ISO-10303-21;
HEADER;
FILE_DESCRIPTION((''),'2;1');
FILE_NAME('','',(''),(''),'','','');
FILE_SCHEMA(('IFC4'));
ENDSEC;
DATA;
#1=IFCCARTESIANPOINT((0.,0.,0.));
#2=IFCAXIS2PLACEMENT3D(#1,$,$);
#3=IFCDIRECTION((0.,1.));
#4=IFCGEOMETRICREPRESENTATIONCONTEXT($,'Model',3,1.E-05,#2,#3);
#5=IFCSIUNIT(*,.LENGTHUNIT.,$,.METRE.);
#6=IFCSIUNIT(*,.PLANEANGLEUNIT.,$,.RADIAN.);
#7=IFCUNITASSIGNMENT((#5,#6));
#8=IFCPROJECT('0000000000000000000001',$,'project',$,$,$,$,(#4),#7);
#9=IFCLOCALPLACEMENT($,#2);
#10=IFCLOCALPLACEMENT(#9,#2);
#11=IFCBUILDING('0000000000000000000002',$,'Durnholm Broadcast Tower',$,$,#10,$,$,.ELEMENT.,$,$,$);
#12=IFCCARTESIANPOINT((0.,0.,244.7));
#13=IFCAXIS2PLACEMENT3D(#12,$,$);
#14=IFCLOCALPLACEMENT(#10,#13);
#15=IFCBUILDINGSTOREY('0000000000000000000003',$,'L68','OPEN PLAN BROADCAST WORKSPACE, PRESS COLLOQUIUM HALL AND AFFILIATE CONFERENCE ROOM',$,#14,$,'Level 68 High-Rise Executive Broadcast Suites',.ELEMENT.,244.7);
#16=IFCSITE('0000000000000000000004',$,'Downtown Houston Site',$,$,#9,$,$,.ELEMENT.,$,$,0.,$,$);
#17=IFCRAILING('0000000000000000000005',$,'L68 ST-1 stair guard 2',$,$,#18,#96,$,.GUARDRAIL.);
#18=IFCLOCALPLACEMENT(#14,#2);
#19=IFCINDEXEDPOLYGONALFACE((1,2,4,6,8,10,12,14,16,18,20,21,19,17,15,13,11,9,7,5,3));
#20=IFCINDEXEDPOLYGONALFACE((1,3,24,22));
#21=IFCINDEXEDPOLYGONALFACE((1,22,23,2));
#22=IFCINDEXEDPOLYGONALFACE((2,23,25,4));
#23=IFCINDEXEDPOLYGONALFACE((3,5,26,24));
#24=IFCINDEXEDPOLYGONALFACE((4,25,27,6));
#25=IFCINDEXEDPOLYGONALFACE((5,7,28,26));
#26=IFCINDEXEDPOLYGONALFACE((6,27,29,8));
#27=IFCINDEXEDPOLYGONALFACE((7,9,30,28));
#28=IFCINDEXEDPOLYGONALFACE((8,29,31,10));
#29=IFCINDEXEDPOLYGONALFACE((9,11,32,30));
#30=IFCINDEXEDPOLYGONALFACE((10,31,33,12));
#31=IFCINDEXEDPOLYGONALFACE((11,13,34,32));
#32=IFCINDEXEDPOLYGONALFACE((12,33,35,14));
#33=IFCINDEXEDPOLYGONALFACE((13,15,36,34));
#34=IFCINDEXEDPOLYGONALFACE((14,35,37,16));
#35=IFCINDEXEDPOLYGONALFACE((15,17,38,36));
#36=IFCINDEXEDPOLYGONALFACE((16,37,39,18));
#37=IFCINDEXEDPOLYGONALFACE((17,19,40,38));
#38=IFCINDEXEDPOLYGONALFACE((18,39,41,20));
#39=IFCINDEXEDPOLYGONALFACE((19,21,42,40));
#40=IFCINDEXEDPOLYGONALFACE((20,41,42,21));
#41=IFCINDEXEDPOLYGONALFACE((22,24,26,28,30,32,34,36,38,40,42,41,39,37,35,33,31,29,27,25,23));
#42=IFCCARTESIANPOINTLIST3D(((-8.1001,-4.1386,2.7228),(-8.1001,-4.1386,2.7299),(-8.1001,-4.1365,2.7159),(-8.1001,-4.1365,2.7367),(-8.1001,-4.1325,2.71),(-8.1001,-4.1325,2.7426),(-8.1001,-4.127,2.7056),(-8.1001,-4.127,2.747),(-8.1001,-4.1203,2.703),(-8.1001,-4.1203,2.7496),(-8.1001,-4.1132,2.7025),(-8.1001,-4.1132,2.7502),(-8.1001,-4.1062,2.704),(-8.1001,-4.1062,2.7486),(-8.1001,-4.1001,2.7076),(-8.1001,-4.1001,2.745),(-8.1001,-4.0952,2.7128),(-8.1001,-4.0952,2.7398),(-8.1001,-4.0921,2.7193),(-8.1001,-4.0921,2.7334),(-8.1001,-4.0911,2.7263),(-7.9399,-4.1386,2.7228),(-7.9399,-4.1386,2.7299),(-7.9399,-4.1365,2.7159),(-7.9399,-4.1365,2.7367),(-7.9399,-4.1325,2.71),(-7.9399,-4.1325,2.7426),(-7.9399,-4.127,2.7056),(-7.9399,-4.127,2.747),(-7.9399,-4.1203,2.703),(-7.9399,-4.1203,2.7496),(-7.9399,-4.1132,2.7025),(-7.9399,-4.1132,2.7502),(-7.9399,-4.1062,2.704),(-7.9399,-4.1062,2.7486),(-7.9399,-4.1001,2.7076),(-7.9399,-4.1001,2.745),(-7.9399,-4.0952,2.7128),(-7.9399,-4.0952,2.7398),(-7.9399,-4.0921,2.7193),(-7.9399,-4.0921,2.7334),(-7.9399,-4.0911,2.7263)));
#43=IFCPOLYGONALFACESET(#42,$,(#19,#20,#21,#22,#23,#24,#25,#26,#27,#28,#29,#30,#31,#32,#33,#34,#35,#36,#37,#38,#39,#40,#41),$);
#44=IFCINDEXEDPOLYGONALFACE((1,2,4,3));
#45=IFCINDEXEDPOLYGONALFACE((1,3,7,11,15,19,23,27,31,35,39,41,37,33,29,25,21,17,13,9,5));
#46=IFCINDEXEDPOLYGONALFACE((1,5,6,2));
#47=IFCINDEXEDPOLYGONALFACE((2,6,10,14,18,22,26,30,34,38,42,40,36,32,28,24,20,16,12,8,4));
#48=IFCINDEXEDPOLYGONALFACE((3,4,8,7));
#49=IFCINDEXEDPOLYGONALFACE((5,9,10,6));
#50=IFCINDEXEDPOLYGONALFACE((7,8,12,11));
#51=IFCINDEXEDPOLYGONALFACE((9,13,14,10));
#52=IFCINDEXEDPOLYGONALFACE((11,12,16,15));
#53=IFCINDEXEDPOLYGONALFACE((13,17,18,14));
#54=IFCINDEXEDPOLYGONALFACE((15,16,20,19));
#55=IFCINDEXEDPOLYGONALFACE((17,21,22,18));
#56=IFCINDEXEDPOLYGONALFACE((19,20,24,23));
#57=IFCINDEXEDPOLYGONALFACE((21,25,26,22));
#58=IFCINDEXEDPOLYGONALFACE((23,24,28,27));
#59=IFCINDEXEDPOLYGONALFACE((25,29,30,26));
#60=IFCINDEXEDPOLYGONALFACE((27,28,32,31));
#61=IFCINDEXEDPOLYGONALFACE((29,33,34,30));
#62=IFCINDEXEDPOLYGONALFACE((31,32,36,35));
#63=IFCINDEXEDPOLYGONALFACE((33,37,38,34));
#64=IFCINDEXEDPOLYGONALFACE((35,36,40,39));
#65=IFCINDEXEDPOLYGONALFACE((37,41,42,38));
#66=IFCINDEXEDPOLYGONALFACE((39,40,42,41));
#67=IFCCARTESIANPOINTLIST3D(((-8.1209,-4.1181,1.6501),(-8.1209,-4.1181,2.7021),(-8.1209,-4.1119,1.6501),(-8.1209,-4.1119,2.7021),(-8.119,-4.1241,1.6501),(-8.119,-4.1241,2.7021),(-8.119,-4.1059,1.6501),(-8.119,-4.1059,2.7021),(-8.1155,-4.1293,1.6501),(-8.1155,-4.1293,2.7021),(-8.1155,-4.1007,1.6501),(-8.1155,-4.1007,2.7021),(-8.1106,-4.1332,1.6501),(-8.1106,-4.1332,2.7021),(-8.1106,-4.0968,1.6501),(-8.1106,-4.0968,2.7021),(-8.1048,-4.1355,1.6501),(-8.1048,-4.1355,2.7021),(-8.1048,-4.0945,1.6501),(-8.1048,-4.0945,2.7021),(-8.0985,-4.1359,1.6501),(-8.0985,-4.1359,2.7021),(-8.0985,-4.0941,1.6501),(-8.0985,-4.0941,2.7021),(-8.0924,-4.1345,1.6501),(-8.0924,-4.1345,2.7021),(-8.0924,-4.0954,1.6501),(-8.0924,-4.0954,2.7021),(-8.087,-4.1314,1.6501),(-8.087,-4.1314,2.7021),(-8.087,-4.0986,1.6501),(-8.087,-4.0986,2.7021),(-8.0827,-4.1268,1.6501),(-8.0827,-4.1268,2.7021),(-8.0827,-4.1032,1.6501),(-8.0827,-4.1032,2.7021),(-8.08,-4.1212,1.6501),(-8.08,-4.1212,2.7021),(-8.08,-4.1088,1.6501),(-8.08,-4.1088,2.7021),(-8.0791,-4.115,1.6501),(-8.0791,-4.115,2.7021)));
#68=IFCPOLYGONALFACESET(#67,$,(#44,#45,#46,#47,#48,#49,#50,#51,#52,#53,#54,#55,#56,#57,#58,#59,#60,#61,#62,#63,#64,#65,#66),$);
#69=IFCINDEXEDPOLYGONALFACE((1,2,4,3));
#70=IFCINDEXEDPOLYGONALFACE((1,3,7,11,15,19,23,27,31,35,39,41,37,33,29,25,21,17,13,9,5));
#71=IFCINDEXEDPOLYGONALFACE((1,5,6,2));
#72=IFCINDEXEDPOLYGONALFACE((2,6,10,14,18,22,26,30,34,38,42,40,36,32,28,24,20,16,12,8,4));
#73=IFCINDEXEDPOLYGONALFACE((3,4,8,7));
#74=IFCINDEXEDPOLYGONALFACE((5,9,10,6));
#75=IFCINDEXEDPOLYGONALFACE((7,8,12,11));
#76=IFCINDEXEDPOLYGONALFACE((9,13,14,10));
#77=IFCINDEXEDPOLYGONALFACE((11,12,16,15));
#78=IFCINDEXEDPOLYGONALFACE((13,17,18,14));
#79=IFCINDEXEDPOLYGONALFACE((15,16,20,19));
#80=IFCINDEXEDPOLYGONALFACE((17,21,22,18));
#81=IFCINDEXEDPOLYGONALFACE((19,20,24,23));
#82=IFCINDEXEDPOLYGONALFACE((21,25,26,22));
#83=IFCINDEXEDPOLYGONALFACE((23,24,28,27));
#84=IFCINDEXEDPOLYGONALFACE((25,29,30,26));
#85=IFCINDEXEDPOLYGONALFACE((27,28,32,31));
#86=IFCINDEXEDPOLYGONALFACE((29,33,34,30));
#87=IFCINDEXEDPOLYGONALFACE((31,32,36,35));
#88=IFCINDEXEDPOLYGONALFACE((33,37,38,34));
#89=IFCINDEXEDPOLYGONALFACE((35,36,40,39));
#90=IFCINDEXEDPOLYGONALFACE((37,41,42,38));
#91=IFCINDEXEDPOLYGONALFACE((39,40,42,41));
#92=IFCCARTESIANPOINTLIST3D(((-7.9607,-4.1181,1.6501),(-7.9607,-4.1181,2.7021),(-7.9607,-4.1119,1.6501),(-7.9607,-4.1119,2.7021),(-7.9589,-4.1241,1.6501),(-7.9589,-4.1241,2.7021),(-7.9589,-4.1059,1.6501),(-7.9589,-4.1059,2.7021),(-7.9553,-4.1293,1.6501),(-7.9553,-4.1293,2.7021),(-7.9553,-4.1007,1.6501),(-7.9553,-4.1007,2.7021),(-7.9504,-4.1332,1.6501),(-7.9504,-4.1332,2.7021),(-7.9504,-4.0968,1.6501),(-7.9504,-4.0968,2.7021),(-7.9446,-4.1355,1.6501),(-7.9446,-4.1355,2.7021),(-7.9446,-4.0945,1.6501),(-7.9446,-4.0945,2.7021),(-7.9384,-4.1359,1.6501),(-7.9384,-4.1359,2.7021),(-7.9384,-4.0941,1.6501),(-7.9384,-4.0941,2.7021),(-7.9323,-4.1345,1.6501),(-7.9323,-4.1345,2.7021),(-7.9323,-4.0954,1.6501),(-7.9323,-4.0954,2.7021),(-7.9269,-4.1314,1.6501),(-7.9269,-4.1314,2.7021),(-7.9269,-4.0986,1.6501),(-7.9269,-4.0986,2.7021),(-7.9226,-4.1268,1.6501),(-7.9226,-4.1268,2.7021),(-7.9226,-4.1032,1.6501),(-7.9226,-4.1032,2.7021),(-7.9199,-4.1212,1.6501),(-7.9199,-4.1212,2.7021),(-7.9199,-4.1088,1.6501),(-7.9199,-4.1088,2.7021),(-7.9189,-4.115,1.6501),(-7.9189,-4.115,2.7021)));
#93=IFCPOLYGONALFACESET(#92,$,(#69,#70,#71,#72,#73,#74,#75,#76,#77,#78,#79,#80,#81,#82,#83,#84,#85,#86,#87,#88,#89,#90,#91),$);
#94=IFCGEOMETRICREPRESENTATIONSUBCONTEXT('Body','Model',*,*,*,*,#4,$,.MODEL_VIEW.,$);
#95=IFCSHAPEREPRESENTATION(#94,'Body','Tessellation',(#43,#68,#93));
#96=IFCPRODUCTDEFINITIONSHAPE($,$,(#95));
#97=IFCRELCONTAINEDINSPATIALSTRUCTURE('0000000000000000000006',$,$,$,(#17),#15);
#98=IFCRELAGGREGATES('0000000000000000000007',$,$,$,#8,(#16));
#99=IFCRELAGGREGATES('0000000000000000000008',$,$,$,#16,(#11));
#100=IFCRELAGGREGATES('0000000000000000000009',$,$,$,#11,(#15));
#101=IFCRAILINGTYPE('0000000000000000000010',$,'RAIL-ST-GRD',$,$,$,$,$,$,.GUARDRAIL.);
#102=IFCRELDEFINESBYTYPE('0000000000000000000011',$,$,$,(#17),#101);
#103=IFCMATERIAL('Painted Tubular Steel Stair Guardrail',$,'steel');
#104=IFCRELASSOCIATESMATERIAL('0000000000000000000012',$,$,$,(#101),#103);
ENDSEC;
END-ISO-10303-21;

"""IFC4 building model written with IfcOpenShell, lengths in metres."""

from ifc_helpers import new_model, si_unit, direction, frame, origin, origin_2d, place, context, subcontext, project, spatial, circle, extrude, material, type_object, element, save


model = new_model("IFC4")

# Units and contexts
model_context = context("Model", 3, precision=1e-05, world=origin(), true_north=direction((0.0, 1.0)))
body_context = subcontext(model_context, "Body", "Model", "MODEL_VIEW")
ifc_project = project(units=[si_unit("LENGTHUNIT", "METRE"), si_unit("PLANEANGLEUNIT", "RADIAN")], contexts=[model_context])

# Site, building, storey
site_placement = place(None, origin())
site = spatial("IfcSite", under=ifc_project, at=site_placement, Name="Downtown Houston Site", CompositionType="ELEMENT", RefElevation=0.0)
building_placement = place(site_placement, origin())
building = spatial("IfcBuilding", under=site, at=building_placement, Name="Durnholm Broadcast Tower", CompositionType="ELEMENT")
storey_placement = place(building_placement, frame((0.0, 0.0, 244.7)))
storey = spatial("IfcBuildingStorey", under=building, at=storey_placement, Name="L68", Description="OPEN PLAN BROADCAST WORKSPACE, PRESS COLLOQUIUM HALL AND AFFILIATE CONFERENCE ROOM", LongName="Level 68 High-Rise Executive Broadcast Suites", CompositionType="ELEMENT", Elevation=244.7)

# Railing
ifc_material_1 = material(Name="Painted Tubular Steel Stair Guardrail", Category="steel")
railing_type_1 = type_object("IfcRailingType", Name="RAIL-ST-GRD", PredefinedType="GUARDRAIL", material=ifc_material_1)
railing_1_placement = place(storey_placement, frame((-8.1001, -4.115, 1.6501)))
element("IfcRailing", 1, at=railing_1_placement, inside=storey, type_object=railing_type_1, Name="L68 ST-1 stair guard 2", PredefinedType="GUARDRAIL", context=body_context, shape_type="SweptSolid", body=[
    extrude(circle(Radius=0.0239, at=origin_2d()), frame((0.0, 0.0, 1.0762), z_axis=(1.0, 0.0, 0.0), x_axis=(0.0, 1.0, 0.0)), (0.0, 0.0, 1.0), 0.1602),
    extrude(circle(Radius=0.021, at=origin_2d()), origin(), (0.0, 0.0, 1.0), 1.052),
    extrude(circle(Radius=0.021, at=origin_2d()), frame((0.1602, 0.0, 0.0)), (0.0, 0.0, 1.0), 1.052),
])

save(model, "model.ifc")
